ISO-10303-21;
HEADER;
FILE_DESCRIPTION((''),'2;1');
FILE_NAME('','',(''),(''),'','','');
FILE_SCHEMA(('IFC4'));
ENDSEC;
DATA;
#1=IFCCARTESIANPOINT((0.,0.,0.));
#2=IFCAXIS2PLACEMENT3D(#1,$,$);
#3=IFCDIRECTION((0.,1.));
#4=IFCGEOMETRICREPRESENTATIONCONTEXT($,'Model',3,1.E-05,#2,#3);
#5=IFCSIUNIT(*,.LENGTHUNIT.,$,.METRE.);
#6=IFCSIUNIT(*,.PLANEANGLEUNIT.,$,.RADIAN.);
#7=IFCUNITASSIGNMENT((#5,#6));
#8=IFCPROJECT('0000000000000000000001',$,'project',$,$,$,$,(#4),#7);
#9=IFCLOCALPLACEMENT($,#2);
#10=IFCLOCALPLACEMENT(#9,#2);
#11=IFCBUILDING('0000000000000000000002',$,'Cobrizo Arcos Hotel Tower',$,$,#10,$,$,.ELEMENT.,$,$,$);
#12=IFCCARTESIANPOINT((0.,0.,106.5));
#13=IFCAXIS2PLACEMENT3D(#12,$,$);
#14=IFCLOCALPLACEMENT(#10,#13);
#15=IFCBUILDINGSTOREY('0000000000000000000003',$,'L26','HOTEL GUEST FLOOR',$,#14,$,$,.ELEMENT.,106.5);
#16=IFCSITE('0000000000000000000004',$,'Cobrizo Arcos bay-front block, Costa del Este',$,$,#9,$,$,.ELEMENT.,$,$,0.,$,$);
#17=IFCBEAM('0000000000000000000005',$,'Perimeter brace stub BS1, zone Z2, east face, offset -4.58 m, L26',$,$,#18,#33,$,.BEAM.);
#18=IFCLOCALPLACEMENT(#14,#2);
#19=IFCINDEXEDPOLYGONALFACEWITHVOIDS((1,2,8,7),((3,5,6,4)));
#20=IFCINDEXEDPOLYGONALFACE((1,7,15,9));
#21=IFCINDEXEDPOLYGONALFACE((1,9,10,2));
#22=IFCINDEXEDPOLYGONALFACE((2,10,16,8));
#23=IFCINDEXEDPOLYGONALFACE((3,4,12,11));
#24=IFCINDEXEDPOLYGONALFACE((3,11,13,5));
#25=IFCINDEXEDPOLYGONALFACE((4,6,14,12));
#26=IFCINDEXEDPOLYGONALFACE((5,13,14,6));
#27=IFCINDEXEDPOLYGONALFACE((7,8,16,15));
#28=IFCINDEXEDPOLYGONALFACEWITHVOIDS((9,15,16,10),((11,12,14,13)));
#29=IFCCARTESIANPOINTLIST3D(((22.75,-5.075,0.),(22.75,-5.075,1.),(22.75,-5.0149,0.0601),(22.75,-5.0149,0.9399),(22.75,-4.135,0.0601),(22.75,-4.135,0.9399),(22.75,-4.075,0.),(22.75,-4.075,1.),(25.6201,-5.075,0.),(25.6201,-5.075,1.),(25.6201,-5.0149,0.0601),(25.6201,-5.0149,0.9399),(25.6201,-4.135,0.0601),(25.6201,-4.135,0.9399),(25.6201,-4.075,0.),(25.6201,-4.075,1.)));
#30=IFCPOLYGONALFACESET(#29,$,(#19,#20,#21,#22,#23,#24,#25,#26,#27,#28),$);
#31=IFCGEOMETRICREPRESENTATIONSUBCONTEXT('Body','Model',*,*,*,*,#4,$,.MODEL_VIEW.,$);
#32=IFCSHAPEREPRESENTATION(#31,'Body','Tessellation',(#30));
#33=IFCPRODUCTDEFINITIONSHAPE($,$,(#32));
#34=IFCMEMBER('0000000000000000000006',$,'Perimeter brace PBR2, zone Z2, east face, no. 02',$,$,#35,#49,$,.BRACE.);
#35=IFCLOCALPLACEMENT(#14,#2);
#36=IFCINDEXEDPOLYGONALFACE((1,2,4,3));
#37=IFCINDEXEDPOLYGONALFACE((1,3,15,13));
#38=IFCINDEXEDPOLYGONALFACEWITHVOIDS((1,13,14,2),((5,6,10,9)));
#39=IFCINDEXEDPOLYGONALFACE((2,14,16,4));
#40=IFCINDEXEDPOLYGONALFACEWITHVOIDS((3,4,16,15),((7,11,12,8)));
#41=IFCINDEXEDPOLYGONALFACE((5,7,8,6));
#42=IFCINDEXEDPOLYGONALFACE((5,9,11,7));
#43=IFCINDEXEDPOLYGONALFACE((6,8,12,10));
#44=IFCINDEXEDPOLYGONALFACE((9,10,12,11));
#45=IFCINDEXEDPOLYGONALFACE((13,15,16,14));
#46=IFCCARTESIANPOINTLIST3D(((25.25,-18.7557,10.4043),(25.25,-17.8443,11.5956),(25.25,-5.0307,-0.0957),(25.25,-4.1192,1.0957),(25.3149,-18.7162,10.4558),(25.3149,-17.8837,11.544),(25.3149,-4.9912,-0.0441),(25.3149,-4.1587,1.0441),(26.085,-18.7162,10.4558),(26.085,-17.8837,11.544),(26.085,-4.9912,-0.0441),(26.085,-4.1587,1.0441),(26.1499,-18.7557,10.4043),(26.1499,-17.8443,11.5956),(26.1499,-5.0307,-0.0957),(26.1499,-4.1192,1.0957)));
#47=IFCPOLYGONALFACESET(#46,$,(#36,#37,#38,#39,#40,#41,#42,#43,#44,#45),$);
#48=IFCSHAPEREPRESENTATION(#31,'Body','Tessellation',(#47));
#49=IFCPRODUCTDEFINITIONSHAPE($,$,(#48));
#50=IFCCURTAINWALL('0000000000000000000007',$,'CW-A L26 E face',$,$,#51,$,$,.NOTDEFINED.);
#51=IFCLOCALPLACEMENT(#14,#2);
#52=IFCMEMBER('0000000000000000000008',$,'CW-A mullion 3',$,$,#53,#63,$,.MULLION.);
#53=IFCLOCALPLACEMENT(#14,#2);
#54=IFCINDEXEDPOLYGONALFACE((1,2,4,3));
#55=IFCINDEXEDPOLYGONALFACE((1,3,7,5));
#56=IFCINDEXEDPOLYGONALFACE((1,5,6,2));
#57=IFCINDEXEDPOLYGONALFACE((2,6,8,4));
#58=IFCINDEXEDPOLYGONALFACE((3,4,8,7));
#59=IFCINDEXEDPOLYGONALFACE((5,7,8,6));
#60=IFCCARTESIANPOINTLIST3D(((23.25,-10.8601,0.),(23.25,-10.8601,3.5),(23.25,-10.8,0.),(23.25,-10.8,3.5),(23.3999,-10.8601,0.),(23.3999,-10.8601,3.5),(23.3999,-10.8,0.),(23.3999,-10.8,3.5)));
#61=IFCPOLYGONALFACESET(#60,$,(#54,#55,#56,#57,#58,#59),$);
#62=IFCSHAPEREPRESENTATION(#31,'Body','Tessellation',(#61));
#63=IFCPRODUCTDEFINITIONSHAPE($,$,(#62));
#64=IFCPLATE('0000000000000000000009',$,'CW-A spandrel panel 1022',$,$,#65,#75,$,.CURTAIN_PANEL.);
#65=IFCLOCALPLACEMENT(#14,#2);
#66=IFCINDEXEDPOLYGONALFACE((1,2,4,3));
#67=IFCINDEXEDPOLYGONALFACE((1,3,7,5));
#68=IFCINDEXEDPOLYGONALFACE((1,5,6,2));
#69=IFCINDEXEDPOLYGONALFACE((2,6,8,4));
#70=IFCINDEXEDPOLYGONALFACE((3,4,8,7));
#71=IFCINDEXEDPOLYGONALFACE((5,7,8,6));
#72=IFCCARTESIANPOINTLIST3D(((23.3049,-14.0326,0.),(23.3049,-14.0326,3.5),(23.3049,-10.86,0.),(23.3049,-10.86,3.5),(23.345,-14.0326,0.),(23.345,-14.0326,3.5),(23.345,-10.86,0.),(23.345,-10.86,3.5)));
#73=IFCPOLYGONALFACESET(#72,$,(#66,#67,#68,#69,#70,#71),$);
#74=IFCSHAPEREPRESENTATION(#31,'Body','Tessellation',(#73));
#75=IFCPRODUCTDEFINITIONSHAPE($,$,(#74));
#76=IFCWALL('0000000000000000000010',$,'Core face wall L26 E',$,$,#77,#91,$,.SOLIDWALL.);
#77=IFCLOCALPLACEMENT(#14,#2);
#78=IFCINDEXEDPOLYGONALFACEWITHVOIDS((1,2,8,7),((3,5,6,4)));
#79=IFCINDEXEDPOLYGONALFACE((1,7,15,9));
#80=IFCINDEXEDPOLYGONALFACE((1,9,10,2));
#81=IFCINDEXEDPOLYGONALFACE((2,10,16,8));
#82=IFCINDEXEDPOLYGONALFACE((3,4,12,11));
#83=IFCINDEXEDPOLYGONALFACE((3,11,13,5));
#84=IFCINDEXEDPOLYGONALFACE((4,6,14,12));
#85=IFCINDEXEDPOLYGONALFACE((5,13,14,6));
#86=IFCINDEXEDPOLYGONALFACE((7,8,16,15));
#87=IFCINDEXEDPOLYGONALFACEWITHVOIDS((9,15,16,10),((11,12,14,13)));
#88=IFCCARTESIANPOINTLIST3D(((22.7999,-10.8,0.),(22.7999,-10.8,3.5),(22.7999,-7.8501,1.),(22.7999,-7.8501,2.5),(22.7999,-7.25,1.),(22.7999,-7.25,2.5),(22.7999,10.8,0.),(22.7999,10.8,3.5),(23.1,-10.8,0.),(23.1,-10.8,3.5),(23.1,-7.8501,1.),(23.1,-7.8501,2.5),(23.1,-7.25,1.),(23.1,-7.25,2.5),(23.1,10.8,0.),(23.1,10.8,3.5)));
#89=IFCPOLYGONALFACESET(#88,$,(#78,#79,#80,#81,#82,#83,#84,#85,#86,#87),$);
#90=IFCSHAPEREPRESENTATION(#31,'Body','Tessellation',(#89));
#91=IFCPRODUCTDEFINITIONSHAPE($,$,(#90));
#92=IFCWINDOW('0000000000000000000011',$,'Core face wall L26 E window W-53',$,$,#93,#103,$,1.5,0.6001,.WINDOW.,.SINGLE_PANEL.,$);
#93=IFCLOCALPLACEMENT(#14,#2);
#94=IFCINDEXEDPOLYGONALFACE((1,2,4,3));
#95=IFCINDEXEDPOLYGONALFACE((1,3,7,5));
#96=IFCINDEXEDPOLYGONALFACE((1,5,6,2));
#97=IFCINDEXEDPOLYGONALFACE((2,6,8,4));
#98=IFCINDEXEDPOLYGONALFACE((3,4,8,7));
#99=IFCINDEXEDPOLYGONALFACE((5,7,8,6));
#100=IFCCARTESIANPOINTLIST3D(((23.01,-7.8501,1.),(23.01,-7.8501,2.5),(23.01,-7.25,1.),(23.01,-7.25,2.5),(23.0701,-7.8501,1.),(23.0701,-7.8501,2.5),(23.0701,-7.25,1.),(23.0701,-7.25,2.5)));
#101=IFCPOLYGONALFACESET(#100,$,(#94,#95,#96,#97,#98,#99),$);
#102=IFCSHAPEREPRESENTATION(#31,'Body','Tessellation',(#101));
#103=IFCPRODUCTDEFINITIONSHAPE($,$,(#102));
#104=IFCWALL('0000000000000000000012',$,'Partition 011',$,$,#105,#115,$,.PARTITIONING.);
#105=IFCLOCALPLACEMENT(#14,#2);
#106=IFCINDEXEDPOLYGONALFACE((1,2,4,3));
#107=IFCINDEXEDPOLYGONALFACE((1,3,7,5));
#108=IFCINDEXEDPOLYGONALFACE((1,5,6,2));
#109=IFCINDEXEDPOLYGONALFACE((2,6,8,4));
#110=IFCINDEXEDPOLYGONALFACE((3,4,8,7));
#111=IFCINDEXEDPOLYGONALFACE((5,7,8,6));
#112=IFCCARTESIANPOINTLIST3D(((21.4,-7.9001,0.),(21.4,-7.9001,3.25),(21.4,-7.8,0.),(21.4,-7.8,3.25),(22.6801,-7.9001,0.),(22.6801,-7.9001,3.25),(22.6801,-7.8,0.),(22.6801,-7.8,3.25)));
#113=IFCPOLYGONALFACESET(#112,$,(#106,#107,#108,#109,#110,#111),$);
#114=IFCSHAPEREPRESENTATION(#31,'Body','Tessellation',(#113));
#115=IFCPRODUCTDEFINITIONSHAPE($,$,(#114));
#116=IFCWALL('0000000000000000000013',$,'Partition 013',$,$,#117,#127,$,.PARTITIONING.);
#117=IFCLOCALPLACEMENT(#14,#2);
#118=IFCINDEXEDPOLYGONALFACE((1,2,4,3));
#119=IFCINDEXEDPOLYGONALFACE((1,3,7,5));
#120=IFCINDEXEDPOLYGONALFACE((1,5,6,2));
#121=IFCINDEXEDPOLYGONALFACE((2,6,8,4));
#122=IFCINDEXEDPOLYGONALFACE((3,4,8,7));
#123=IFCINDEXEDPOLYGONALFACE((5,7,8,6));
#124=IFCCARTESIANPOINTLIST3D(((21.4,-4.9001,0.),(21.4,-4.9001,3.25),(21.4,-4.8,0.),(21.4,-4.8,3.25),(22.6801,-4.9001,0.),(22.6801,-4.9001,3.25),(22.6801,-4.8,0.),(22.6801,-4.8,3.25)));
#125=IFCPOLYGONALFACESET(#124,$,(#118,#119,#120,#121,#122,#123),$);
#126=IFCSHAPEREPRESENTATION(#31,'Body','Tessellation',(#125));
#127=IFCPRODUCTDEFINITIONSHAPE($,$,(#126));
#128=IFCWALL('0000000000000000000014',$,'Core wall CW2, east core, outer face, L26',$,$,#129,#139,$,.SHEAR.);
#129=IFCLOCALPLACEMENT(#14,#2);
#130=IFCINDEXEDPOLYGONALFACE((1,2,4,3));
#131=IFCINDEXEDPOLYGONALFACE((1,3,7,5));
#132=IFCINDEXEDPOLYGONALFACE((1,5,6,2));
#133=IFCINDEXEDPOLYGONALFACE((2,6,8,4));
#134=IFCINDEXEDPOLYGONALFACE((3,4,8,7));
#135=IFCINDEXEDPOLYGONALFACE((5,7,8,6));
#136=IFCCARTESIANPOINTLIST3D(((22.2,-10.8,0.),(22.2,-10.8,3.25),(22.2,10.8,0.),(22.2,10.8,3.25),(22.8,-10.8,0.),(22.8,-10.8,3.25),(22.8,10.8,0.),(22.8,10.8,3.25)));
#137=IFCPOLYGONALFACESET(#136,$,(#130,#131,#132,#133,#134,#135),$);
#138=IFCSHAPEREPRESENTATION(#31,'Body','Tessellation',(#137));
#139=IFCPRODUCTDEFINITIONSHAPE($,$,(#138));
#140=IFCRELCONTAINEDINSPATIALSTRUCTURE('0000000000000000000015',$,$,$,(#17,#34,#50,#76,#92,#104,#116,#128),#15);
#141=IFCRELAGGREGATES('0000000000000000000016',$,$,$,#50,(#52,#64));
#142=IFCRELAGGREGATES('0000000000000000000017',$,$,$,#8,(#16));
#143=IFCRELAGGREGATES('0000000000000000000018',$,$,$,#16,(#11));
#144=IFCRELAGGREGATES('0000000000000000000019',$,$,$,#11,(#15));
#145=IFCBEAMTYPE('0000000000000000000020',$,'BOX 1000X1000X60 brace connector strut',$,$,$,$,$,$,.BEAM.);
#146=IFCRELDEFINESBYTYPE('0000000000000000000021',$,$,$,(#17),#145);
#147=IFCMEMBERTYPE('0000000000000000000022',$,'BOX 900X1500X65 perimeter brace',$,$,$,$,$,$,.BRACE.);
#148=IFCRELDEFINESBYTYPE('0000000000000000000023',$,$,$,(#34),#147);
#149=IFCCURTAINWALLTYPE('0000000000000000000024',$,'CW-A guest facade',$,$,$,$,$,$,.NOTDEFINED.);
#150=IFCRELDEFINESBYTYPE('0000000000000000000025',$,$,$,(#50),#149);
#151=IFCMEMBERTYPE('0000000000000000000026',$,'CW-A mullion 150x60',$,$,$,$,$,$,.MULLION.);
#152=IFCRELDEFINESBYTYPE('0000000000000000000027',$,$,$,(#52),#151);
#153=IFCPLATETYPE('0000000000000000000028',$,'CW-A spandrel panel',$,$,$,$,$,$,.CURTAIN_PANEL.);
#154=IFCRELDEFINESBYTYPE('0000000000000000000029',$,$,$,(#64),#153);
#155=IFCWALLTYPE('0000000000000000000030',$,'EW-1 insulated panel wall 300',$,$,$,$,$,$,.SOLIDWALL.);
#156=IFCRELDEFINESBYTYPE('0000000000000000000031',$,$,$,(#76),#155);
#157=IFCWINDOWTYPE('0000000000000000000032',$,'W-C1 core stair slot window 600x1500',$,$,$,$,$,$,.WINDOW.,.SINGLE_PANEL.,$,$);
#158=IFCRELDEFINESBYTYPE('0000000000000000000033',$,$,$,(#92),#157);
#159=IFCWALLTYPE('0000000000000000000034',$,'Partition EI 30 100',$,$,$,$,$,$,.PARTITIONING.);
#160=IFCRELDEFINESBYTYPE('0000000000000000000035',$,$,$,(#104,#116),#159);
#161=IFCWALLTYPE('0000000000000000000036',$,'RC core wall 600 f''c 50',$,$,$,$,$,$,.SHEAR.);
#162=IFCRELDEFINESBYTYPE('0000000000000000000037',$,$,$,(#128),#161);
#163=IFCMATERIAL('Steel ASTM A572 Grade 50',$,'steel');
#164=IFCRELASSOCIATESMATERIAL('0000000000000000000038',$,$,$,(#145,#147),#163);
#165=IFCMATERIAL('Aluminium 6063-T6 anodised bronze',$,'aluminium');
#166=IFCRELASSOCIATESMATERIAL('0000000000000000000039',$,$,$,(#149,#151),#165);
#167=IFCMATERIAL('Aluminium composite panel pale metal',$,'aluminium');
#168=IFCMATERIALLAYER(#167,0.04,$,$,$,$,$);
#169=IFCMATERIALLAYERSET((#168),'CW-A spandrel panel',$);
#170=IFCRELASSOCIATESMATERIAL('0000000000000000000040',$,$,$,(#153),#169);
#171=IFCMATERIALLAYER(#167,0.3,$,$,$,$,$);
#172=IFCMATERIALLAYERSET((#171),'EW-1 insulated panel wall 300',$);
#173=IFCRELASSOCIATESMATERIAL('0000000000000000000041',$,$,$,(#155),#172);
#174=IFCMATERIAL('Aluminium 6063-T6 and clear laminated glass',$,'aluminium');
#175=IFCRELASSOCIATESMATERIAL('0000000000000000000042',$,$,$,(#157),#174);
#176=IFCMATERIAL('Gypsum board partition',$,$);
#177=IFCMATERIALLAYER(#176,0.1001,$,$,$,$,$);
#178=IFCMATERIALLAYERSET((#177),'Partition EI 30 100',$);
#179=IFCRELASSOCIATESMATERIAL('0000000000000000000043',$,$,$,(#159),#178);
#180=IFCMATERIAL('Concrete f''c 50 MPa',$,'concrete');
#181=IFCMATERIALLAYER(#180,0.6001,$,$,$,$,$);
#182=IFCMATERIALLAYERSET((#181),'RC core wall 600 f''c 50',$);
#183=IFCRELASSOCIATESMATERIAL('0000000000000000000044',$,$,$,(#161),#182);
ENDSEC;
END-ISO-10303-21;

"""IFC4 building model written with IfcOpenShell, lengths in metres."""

from ifc_helpers import new_model, si_unit, direction, frame, frame_2d, origin, origin_2d, place, context, subcontext, project, spatial, rectangle, hollow_rectangle, extrude, material, layer, layer_set, material_profile, profile_set, type_object, element, fill, aggregate, save


model = new_model("IFC4")

# Units and contexts
model_context = context("Model", 3, precision=1e-05, world=origin(), true_north=direction((0.0, 1.0)))
body_context = subcontext(model_context, "Body", "Model", "MODEL_VIEW")
ifc_project = project(units=[si_unit("LENGTHUNIT", "METRE"), si_unit("PLANEANGLEUNIT", "RADIAN")], contexts=[model_context])

# Site, building, storey
site_placement = place(None, origin())
site = spatial("IfcSite", under=ifc_project, at=site_placement, Name="Cobrizo Arcos bay-front block, Costa del Este", CompositionType="ELEMENT", RefElevation=0.0)
building_placement = place(site_placement, origin())
building = spatial("IfcBuilding", under=site, at=building_placement, Name="Cobrizo Arcos Hotel Tower", CompositionType="ELEMENT")
storey_placement = place(building_placement, frame((0.0, 0.0, 106.5)))
storey = spatial("IfcBuildingStorey", under=building, at=storey_placement, Name="L26", Description="HOTEL GUEST FLOOR", CompositionType="ELEMENT", Elevation=106.5)

# Beam
ifc_material_1 = material(Name="Steel ASTM A572 Grade 50", Category="steel")
ifc_material_profile_1 = material_profile(ifc_material_1, hollow_rectangle(XDim=1.0, YDim=1.0, WallThickness=0.0601, at=origin_2d()), Name="BOX 1000X1000X60")
ifc_profile_set_1 = profile_set([ifc_material_profile_1], Name="Steel ASTM A572 Grade 50")
beam_type = type_object("IfcBeamType", Name="BOX 1000X1000X60 brace connector strut", PredefinedType="BEAM", material=ifc_profile_set_1)
beam_placement = place(storey_placement, frame((22.75, -4.575, 0.5), z_axis=(1.0, 0.0, 0.0), x_axis=(0.0, 1.0, 0.0)))
element("IfcBeam", 1, at=beam_placement, inside=storey, type_object=beam_type, Name="Perimeter brace stub BS1, zone Z2, east face, offset -4.58 m, L26", PredefinedType="BEAM", context=body_context, shape_type="SweptSolid", body=[
    extrude(hollow_rectangle(XDim=1.0, YDim=1.0, WallThickness=0.0601, at=origin_2d()), origin(), (0.0, 0.0, 1.0), 2.8701),
])

# Member
ifc_material_profile_2 = material_profile(ifc_material_1, hollow_rectangle(XDim=0.8999, YDim=1.5, WallThickness=0.0649, at=origin_2d()), Name="BOX 900X1500X65")
ifc_profile_set_2 = profile_set([ifc_material_profile_2], Name="Steel ASTM A572 Grade 50")
member_type_1 = type_object("IfcMemberType", Name="BOX 900X1500X65 perimeter brace", PredefinedType="BRACE", material=ifc_profile_set_2)
member_1_placement = place(storey_placement, frame((25.7, -4.575, 0.5), z_axis=(0.0, -0.794237, 0.607608), x_axis=(1.0, 0.0, 0.0)))
element("IfcMember", 2, at=member_1_placement, inside=storey, type_object=member_type_1, Name="Perimeter brace PBR2, zone Z2, east face, no. 02", PredefinedType="BRACE", context=body_context, shape_type="SweptSolid", body=[
    extrude(hollow_rectangle(XDim=0.8999, YDim=1.5, WallThickness=0.0649, at=origin_2d()), origin(), (0.0, 0.0, 1.0), 17.2808),
])

# Curtain wall, member, plate
ifc_material_2 = material(Name="Aluminium 6063-T6 anodised bronze", Category="aluminium")
curtain_wall_type = type_object("IfcCurtainWallType", Name="CW-A guest facade", PredefinedType="NOTDEFINED", material=ifc_material_2)
curtain_wall_placement = place(storey_placement, origin())
curtain_wall = element("IfcCurtainWall", 3, at=curtain_wall_placement, inside=storey, type_object=curtain_wall_type, Name="CW-A L26 E face", PredefinedType="NOTDEFINED")
ifc_material_profile_3 = material_profile(ifc_material_2, rectangle(XDim=0.1499, YDim=0.0601, at=origin_2d()), Name="CW-A mullion 150x60")
ifc_profile_set_3 = profile_set([ifc_material_profile_3], Name="Aluminium 6063-T6 anodised bronze")
member_type_2 = type_object("IfcMemberType", Name="CW-A mullion 150x60", PredefinedType="MULLION", material=ifc_profile_set_3)
member_2_placement = place(storey_placement, frame((23.325, -10.8301, 0.0), z_axis=(0.0, 0.0, 1.0), x_axis=(1.0, 0.0, 0.0)))
member_2 = element("IfcMember", 4, at=member_2_placement, type_object=member_type_2, Name="CW-A mullion 3", PredefinedType="MULLION", context=body_context, shape_type="SweptSolid", body=[
    extrude(rectangle(XDim=0.1499, YDim=0.0601, at=origin_2d()), origin(), (0.0, 0.0, 1.0), 3.5),
])
ifc_material_3 = material(Name="Aluminium composite panel pale metal", Category="aluminium")
ifc_layer_1 = layer(ifc_material_3, 0.04)
ifc_layer_set_1 = layer_set([ifc_layer_1], Name="CW-A spandrel panel")
plate_type = type_object("IfcPlateType", Name="CW-A spandrel panel", PredefinedType="CURTAIN_PANEL", material=ifc_layer_set_1)
plate_placement = place(storey_placement, frame((23.325, -12.4463, 0.0), z_axis=(0.0, 0.0, 1.0), x_axis=(0.0, 1.0, 0.0)))
plate = element("IfcPlate", 5, at=plate_placement, type_object=plate_type, Name="CW-A spandrel panel 1022", PredefinedType="CURTAIN_PANEL", context=body_context, shape_type="SweptSolid", body=[
    extrude(rectangle(XDim=3.1726, YDim=0.04, at=origin_2d()), origin(), (0.0, 0.0, 1.0), 3.5),
])
aggregate(curtain_wall, [member_2, plate])

# Wall, opening, window
ifc_layer_2 = layer(ifc_material_3, 0.3)
ifc_layer_set_2 = layer_set([ifc_layer_2], Name="EW-1 insulated panel wall 300")
wall_type_1 = type_object("IfcWallType", Name="EW-1 insulated panel wall 300", PredefinedType="SOLIDWALL", material=ifc_layer_set_2)
wall_1_placement = place(storey_placement, frame((22.95, -10.8, 0.0), z_axis=(0.0, 0.0, 1.0), x_axis=(0.0, 1.0, 0.0)))
wall_1 = element("IfcWall", 6, at=wall_1_placement, inside=storey, type_object=wall_type_1, Name="Core face wall L26 E", PredefinedType="SOLIDWALL", context=body_context, shape_type="SweptSolid", body=[
    extrude(rectangle(XDim=21.6001, YDim=0.3, at=frame_2d((10.8, 0.0))), origin(), (0.0, 0.0, 1.0), 3.5),
])
opening_1_placement = place(wall_1_placement, frame((2.95, 0.0, 1.0)))
opening_1 = element("IfcOpeningElement", 7, at=opening_1_placement, cuts=wall_1, PredefinedType="OPENING", context=body_context, shape_type="SweptSolid", body=[
    extrude(rectangle(XDim=0.6001, YDim=1.5, at=frame_2d((0.3, 0.75))), frame((0.0, 0.1621, 0.0), z_axis=(0.0, -1.0, 0.0), x_axis=(1.0, 0.0, 0.0)), (0.0, 0.0, 1.0), 0.324),
])
ifc_material_4 = material(Name="Aluminium 6063-T6 and clear laminated glass", Category="aluminium")
window_type = type_object("IfcWindowType", Name="W-C1 core stair slot window 600x1500", PartitioningType="SINGLE_PANEL", PredefinedType="WINDOW", material=ifc_material_4)
window_placement = place(opening_1_placement, origin())
window = element("IfcWindow", 8, at=window_placement, inside=storey, type_object=window_type, Name="Core face wall L26 E window W-53", OverallHeight=1.5, OverallWidth=0.6001, PartitioningType="SINGLE_PANEL", PredefinedType="WINDOW", context=body_context, shape_type="SweptSolid", body=[
    extrude(rectangle(XDim=0.6001, YDim=1.5, at=frame_2d((0.3, 0.75))), frame((0.0, -0.0601, 0.0), z_axis=(0.0, -1.0, 0.0), x_axis=(1.0, 0.0, 0.0)), (0.0, 0.0, 1.0), 0.0601),
])
fill(opening_1, window)

# Walls
ifc_material_5 = material(Name="Gypsum board partition")
ifc_layer_3 = layer(ifc_material_5, 0.1001)
ifc_layer_set_3 = layer_set([ifc_layer_3], Name="Partition EI 30 100")
wall_type_2 = type_object("IfcWallType", Name="Partition EI 30 100", PredefinedType="PARTITIONING", material=ifc_layer_set_3)
for number, where, z_axis, x_axis, name in (
    (9, (21.3999, -7.8501, 0.0), (0.0, 0.0, 1.0), (1.0, 0.0, 0.0), "Partition 011"),
    (10, (21.3999, -4.8501, 0.0), (0.0, 0.0, 1.0), (1.0, 0.0, 0.0), "Partition 013"),
):
    element("IfcWall", number, at=place(storey_placement, frame(where, z_axis=z_axis, x_axis=x_axis)), inside=storey, type_object=wall_type_2, Name=name, PredefinedType="PARTITIONING", context=body_context, shape_type="SweptSolid", body=[
        extrude(rectangle(XDim=1.28, YDim=0.1001, at=frame_2d((0.6401, 0.0))), origin(), (0.0, 0.0, 1.0), 3.25),
    ])
ifc_material_6 = material(Name="Concrete f'c 50 MPa", Category="concrete")
ifc_layer_4 = layer(ifc_material_6, 0.6001)
ifc_layer_set_4 = layer_set([ifc_layer_4], Name="RC core wall 600 f'c 50")
wall_type_3 = type_object("IfcWallType", Name="RC core wall 600 f'c 50", PredefinedType="SHEAR", material=ifc_layer_set_4)
wall_2_placement = place(storey_placement, frame((22.5, -10.8, 0.0), z_axis=(0.0, 0.0, 1.0), x_axis=(0.0, 1.0, 0.0)))
element("IfcWall", 11, at=wall_2_placement, inside=storey, type_object=wall_type_3, Name="Core wall CW2, east core, outer face, L26", PredefinedType="SHEAR", context=body_context, shape_type="SweptSolid", body=[
    extrude(rectangle(XDim=21.6001, YDim=0.6001, at=frame_2d((10.8, 0.0))), origin(), (0.0, 0.0, 1.0), 3.25),
])

save(model, "model.ifc")
